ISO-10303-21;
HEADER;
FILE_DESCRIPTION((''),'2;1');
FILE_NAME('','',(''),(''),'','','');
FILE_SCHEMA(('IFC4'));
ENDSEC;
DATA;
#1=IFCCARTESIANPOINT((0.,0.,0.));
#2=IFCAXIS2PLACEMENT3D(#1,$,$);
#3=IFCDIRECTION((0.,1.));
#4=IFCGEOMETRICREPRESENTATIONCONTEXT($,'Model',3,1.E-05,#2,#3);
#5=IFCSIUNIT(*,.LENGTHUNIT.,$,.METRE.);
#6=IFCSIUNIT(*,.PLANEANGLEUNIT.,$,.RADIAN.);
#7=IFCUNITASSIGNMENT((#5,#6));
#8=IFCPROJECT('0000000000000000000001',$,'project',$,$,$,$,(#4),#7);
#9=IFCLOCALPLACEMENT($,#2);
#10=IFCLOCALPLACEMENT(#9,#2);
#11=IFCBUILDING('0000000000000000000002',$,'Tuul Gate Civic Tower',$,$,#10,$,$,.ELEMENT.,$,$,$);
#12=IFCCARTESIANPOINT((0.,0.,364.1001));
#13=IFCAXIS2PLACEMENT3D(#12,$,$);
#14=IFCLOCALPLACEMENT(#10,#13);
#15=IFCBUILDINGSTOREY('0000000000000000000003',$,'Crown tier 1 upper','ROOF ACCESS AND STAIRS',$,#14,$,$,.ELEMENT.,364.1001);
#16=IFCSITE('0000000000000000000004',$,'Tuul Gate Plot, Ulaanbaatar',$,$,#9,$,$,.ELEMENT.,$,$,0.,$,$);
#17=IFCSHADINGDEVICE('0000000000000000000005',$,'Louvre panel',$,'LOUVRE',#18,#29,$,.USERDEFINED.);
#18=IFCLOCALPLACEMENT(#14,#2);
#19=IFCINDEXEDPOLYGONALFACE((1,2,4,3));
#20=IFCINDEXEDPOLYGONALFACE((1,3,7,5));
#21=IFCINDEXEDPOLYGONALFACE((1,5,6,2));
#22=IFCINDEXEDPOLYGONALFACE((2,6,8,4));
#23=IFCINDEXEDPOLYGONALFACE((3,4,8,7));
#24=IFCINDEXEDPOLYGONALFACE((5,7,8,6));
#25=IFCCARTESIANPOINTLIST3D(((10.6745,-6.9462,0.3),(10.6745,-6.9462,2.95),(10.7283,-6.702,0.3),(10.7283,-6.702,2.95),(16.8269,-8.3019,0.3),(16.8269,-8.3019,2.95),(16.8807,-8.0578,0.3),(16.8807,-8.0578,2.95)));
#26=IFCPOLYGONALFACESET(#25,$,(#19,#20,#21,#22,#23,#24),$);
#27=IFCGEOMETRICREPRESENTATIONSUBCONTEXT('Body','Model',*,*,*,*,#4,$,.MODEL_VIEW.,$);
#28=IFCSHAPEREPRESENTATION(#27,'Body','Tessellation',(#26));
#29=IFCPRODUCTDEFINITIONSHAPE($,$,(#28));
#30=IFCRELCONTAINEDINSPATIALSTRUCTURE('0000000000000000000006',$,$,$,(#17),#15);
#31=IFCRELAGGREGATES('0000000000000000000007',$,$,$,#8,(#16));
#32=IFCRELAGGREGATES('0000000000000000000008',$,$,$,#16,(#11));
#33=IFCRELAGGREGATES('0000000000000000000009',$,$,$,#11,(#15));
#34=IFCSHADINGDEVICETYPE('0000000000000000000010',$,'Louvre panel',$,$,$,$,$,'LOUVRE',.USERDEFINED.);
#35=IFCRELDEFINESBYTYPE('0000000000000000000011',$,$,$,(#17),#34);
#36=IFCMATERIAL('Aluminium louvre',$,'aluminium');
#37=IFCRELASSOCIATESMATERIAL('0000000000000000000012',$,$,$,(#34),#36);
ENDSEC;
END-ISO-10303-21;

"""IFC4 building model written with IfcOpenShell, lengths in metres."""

from ifc_helpers import new_model, si_unit, direction, frame, origin, origin_2d, place, context, subcontext, project, spatial, rectangle, extrude, material, type_object, element, save


model = new_model("IFC4")

# Units and contexts
model_context = context("Model", 3, precision=1e-05, world=origin(), true_north=direction((0.0, 1.0)))
body_context = subcontext(model_context, "Body", "Model", "MODEL_VIEW")
ifc_project = project(units=[si_unit("LENGTHUNIT", "METRE"), si_unit("PLANEANGLEUNIT", "RADIAN")], contexts=[model_context])

# Site, building, storey
site_placement = place(None, origin())
site = spatial("IfcSite", under=ifc_project, at=site_placement, Name="Tuul Gate Plot, Ulaanbaatar", CompositionType="ELEMENT", RefElevation=0.0)
building_placement = place(site_placement, origin())
building = spatial("IfcBuilding", under=site, at=building_placement, Name="Tuul Gate Civic Tower", CompositionType="ELEMENT")
storey_placement = place(building_placement, frame((0.0, 0.0, 364.1001)))
storey = spatial("IfcBuildingStorey", under=building, at=storey_placement, Name="Crown tier 1 upper", Description="ROOF ACCESS AND STAIRS", CompositionType="ELEMENT", Elevation=364.1001)

# Shading device
ifc_material_1 = material(Name="Aluminium louvre", Category="aluminium")
shading_device_type = type_object("IfcShadingDeviceType", Name="Louvre panel", ElementType="LOUVRE", PredefinedType="USERDEFINED", material=ifc_material_1)
for number, where, z_axis, x_axis, name in (
    (1, (13.7776, -7.502, 0.3), (0.0, 0.0, 1.0), (-0.215196, -0.976571, 0.0), "Louvre panel"),
):
    element("IfcShadingDevice", number, at=place(storey_placement, frame(where, z_axis=z_axis, x_axis=x_axis)), inside=storey, type_object=shading_device_type, Name=name, ObjectType="LOUVRE", PredefinedType="USERDEFINED", context=body_context, shape_type="SweptSolid", body=[
        extrude(rectangle(XDim=0.25, YDim=6.3, at=origin_2d()), origin(), (0.0, 0.0, 1.0), 2.6499),
    ])

save(model, "model.ifc")
